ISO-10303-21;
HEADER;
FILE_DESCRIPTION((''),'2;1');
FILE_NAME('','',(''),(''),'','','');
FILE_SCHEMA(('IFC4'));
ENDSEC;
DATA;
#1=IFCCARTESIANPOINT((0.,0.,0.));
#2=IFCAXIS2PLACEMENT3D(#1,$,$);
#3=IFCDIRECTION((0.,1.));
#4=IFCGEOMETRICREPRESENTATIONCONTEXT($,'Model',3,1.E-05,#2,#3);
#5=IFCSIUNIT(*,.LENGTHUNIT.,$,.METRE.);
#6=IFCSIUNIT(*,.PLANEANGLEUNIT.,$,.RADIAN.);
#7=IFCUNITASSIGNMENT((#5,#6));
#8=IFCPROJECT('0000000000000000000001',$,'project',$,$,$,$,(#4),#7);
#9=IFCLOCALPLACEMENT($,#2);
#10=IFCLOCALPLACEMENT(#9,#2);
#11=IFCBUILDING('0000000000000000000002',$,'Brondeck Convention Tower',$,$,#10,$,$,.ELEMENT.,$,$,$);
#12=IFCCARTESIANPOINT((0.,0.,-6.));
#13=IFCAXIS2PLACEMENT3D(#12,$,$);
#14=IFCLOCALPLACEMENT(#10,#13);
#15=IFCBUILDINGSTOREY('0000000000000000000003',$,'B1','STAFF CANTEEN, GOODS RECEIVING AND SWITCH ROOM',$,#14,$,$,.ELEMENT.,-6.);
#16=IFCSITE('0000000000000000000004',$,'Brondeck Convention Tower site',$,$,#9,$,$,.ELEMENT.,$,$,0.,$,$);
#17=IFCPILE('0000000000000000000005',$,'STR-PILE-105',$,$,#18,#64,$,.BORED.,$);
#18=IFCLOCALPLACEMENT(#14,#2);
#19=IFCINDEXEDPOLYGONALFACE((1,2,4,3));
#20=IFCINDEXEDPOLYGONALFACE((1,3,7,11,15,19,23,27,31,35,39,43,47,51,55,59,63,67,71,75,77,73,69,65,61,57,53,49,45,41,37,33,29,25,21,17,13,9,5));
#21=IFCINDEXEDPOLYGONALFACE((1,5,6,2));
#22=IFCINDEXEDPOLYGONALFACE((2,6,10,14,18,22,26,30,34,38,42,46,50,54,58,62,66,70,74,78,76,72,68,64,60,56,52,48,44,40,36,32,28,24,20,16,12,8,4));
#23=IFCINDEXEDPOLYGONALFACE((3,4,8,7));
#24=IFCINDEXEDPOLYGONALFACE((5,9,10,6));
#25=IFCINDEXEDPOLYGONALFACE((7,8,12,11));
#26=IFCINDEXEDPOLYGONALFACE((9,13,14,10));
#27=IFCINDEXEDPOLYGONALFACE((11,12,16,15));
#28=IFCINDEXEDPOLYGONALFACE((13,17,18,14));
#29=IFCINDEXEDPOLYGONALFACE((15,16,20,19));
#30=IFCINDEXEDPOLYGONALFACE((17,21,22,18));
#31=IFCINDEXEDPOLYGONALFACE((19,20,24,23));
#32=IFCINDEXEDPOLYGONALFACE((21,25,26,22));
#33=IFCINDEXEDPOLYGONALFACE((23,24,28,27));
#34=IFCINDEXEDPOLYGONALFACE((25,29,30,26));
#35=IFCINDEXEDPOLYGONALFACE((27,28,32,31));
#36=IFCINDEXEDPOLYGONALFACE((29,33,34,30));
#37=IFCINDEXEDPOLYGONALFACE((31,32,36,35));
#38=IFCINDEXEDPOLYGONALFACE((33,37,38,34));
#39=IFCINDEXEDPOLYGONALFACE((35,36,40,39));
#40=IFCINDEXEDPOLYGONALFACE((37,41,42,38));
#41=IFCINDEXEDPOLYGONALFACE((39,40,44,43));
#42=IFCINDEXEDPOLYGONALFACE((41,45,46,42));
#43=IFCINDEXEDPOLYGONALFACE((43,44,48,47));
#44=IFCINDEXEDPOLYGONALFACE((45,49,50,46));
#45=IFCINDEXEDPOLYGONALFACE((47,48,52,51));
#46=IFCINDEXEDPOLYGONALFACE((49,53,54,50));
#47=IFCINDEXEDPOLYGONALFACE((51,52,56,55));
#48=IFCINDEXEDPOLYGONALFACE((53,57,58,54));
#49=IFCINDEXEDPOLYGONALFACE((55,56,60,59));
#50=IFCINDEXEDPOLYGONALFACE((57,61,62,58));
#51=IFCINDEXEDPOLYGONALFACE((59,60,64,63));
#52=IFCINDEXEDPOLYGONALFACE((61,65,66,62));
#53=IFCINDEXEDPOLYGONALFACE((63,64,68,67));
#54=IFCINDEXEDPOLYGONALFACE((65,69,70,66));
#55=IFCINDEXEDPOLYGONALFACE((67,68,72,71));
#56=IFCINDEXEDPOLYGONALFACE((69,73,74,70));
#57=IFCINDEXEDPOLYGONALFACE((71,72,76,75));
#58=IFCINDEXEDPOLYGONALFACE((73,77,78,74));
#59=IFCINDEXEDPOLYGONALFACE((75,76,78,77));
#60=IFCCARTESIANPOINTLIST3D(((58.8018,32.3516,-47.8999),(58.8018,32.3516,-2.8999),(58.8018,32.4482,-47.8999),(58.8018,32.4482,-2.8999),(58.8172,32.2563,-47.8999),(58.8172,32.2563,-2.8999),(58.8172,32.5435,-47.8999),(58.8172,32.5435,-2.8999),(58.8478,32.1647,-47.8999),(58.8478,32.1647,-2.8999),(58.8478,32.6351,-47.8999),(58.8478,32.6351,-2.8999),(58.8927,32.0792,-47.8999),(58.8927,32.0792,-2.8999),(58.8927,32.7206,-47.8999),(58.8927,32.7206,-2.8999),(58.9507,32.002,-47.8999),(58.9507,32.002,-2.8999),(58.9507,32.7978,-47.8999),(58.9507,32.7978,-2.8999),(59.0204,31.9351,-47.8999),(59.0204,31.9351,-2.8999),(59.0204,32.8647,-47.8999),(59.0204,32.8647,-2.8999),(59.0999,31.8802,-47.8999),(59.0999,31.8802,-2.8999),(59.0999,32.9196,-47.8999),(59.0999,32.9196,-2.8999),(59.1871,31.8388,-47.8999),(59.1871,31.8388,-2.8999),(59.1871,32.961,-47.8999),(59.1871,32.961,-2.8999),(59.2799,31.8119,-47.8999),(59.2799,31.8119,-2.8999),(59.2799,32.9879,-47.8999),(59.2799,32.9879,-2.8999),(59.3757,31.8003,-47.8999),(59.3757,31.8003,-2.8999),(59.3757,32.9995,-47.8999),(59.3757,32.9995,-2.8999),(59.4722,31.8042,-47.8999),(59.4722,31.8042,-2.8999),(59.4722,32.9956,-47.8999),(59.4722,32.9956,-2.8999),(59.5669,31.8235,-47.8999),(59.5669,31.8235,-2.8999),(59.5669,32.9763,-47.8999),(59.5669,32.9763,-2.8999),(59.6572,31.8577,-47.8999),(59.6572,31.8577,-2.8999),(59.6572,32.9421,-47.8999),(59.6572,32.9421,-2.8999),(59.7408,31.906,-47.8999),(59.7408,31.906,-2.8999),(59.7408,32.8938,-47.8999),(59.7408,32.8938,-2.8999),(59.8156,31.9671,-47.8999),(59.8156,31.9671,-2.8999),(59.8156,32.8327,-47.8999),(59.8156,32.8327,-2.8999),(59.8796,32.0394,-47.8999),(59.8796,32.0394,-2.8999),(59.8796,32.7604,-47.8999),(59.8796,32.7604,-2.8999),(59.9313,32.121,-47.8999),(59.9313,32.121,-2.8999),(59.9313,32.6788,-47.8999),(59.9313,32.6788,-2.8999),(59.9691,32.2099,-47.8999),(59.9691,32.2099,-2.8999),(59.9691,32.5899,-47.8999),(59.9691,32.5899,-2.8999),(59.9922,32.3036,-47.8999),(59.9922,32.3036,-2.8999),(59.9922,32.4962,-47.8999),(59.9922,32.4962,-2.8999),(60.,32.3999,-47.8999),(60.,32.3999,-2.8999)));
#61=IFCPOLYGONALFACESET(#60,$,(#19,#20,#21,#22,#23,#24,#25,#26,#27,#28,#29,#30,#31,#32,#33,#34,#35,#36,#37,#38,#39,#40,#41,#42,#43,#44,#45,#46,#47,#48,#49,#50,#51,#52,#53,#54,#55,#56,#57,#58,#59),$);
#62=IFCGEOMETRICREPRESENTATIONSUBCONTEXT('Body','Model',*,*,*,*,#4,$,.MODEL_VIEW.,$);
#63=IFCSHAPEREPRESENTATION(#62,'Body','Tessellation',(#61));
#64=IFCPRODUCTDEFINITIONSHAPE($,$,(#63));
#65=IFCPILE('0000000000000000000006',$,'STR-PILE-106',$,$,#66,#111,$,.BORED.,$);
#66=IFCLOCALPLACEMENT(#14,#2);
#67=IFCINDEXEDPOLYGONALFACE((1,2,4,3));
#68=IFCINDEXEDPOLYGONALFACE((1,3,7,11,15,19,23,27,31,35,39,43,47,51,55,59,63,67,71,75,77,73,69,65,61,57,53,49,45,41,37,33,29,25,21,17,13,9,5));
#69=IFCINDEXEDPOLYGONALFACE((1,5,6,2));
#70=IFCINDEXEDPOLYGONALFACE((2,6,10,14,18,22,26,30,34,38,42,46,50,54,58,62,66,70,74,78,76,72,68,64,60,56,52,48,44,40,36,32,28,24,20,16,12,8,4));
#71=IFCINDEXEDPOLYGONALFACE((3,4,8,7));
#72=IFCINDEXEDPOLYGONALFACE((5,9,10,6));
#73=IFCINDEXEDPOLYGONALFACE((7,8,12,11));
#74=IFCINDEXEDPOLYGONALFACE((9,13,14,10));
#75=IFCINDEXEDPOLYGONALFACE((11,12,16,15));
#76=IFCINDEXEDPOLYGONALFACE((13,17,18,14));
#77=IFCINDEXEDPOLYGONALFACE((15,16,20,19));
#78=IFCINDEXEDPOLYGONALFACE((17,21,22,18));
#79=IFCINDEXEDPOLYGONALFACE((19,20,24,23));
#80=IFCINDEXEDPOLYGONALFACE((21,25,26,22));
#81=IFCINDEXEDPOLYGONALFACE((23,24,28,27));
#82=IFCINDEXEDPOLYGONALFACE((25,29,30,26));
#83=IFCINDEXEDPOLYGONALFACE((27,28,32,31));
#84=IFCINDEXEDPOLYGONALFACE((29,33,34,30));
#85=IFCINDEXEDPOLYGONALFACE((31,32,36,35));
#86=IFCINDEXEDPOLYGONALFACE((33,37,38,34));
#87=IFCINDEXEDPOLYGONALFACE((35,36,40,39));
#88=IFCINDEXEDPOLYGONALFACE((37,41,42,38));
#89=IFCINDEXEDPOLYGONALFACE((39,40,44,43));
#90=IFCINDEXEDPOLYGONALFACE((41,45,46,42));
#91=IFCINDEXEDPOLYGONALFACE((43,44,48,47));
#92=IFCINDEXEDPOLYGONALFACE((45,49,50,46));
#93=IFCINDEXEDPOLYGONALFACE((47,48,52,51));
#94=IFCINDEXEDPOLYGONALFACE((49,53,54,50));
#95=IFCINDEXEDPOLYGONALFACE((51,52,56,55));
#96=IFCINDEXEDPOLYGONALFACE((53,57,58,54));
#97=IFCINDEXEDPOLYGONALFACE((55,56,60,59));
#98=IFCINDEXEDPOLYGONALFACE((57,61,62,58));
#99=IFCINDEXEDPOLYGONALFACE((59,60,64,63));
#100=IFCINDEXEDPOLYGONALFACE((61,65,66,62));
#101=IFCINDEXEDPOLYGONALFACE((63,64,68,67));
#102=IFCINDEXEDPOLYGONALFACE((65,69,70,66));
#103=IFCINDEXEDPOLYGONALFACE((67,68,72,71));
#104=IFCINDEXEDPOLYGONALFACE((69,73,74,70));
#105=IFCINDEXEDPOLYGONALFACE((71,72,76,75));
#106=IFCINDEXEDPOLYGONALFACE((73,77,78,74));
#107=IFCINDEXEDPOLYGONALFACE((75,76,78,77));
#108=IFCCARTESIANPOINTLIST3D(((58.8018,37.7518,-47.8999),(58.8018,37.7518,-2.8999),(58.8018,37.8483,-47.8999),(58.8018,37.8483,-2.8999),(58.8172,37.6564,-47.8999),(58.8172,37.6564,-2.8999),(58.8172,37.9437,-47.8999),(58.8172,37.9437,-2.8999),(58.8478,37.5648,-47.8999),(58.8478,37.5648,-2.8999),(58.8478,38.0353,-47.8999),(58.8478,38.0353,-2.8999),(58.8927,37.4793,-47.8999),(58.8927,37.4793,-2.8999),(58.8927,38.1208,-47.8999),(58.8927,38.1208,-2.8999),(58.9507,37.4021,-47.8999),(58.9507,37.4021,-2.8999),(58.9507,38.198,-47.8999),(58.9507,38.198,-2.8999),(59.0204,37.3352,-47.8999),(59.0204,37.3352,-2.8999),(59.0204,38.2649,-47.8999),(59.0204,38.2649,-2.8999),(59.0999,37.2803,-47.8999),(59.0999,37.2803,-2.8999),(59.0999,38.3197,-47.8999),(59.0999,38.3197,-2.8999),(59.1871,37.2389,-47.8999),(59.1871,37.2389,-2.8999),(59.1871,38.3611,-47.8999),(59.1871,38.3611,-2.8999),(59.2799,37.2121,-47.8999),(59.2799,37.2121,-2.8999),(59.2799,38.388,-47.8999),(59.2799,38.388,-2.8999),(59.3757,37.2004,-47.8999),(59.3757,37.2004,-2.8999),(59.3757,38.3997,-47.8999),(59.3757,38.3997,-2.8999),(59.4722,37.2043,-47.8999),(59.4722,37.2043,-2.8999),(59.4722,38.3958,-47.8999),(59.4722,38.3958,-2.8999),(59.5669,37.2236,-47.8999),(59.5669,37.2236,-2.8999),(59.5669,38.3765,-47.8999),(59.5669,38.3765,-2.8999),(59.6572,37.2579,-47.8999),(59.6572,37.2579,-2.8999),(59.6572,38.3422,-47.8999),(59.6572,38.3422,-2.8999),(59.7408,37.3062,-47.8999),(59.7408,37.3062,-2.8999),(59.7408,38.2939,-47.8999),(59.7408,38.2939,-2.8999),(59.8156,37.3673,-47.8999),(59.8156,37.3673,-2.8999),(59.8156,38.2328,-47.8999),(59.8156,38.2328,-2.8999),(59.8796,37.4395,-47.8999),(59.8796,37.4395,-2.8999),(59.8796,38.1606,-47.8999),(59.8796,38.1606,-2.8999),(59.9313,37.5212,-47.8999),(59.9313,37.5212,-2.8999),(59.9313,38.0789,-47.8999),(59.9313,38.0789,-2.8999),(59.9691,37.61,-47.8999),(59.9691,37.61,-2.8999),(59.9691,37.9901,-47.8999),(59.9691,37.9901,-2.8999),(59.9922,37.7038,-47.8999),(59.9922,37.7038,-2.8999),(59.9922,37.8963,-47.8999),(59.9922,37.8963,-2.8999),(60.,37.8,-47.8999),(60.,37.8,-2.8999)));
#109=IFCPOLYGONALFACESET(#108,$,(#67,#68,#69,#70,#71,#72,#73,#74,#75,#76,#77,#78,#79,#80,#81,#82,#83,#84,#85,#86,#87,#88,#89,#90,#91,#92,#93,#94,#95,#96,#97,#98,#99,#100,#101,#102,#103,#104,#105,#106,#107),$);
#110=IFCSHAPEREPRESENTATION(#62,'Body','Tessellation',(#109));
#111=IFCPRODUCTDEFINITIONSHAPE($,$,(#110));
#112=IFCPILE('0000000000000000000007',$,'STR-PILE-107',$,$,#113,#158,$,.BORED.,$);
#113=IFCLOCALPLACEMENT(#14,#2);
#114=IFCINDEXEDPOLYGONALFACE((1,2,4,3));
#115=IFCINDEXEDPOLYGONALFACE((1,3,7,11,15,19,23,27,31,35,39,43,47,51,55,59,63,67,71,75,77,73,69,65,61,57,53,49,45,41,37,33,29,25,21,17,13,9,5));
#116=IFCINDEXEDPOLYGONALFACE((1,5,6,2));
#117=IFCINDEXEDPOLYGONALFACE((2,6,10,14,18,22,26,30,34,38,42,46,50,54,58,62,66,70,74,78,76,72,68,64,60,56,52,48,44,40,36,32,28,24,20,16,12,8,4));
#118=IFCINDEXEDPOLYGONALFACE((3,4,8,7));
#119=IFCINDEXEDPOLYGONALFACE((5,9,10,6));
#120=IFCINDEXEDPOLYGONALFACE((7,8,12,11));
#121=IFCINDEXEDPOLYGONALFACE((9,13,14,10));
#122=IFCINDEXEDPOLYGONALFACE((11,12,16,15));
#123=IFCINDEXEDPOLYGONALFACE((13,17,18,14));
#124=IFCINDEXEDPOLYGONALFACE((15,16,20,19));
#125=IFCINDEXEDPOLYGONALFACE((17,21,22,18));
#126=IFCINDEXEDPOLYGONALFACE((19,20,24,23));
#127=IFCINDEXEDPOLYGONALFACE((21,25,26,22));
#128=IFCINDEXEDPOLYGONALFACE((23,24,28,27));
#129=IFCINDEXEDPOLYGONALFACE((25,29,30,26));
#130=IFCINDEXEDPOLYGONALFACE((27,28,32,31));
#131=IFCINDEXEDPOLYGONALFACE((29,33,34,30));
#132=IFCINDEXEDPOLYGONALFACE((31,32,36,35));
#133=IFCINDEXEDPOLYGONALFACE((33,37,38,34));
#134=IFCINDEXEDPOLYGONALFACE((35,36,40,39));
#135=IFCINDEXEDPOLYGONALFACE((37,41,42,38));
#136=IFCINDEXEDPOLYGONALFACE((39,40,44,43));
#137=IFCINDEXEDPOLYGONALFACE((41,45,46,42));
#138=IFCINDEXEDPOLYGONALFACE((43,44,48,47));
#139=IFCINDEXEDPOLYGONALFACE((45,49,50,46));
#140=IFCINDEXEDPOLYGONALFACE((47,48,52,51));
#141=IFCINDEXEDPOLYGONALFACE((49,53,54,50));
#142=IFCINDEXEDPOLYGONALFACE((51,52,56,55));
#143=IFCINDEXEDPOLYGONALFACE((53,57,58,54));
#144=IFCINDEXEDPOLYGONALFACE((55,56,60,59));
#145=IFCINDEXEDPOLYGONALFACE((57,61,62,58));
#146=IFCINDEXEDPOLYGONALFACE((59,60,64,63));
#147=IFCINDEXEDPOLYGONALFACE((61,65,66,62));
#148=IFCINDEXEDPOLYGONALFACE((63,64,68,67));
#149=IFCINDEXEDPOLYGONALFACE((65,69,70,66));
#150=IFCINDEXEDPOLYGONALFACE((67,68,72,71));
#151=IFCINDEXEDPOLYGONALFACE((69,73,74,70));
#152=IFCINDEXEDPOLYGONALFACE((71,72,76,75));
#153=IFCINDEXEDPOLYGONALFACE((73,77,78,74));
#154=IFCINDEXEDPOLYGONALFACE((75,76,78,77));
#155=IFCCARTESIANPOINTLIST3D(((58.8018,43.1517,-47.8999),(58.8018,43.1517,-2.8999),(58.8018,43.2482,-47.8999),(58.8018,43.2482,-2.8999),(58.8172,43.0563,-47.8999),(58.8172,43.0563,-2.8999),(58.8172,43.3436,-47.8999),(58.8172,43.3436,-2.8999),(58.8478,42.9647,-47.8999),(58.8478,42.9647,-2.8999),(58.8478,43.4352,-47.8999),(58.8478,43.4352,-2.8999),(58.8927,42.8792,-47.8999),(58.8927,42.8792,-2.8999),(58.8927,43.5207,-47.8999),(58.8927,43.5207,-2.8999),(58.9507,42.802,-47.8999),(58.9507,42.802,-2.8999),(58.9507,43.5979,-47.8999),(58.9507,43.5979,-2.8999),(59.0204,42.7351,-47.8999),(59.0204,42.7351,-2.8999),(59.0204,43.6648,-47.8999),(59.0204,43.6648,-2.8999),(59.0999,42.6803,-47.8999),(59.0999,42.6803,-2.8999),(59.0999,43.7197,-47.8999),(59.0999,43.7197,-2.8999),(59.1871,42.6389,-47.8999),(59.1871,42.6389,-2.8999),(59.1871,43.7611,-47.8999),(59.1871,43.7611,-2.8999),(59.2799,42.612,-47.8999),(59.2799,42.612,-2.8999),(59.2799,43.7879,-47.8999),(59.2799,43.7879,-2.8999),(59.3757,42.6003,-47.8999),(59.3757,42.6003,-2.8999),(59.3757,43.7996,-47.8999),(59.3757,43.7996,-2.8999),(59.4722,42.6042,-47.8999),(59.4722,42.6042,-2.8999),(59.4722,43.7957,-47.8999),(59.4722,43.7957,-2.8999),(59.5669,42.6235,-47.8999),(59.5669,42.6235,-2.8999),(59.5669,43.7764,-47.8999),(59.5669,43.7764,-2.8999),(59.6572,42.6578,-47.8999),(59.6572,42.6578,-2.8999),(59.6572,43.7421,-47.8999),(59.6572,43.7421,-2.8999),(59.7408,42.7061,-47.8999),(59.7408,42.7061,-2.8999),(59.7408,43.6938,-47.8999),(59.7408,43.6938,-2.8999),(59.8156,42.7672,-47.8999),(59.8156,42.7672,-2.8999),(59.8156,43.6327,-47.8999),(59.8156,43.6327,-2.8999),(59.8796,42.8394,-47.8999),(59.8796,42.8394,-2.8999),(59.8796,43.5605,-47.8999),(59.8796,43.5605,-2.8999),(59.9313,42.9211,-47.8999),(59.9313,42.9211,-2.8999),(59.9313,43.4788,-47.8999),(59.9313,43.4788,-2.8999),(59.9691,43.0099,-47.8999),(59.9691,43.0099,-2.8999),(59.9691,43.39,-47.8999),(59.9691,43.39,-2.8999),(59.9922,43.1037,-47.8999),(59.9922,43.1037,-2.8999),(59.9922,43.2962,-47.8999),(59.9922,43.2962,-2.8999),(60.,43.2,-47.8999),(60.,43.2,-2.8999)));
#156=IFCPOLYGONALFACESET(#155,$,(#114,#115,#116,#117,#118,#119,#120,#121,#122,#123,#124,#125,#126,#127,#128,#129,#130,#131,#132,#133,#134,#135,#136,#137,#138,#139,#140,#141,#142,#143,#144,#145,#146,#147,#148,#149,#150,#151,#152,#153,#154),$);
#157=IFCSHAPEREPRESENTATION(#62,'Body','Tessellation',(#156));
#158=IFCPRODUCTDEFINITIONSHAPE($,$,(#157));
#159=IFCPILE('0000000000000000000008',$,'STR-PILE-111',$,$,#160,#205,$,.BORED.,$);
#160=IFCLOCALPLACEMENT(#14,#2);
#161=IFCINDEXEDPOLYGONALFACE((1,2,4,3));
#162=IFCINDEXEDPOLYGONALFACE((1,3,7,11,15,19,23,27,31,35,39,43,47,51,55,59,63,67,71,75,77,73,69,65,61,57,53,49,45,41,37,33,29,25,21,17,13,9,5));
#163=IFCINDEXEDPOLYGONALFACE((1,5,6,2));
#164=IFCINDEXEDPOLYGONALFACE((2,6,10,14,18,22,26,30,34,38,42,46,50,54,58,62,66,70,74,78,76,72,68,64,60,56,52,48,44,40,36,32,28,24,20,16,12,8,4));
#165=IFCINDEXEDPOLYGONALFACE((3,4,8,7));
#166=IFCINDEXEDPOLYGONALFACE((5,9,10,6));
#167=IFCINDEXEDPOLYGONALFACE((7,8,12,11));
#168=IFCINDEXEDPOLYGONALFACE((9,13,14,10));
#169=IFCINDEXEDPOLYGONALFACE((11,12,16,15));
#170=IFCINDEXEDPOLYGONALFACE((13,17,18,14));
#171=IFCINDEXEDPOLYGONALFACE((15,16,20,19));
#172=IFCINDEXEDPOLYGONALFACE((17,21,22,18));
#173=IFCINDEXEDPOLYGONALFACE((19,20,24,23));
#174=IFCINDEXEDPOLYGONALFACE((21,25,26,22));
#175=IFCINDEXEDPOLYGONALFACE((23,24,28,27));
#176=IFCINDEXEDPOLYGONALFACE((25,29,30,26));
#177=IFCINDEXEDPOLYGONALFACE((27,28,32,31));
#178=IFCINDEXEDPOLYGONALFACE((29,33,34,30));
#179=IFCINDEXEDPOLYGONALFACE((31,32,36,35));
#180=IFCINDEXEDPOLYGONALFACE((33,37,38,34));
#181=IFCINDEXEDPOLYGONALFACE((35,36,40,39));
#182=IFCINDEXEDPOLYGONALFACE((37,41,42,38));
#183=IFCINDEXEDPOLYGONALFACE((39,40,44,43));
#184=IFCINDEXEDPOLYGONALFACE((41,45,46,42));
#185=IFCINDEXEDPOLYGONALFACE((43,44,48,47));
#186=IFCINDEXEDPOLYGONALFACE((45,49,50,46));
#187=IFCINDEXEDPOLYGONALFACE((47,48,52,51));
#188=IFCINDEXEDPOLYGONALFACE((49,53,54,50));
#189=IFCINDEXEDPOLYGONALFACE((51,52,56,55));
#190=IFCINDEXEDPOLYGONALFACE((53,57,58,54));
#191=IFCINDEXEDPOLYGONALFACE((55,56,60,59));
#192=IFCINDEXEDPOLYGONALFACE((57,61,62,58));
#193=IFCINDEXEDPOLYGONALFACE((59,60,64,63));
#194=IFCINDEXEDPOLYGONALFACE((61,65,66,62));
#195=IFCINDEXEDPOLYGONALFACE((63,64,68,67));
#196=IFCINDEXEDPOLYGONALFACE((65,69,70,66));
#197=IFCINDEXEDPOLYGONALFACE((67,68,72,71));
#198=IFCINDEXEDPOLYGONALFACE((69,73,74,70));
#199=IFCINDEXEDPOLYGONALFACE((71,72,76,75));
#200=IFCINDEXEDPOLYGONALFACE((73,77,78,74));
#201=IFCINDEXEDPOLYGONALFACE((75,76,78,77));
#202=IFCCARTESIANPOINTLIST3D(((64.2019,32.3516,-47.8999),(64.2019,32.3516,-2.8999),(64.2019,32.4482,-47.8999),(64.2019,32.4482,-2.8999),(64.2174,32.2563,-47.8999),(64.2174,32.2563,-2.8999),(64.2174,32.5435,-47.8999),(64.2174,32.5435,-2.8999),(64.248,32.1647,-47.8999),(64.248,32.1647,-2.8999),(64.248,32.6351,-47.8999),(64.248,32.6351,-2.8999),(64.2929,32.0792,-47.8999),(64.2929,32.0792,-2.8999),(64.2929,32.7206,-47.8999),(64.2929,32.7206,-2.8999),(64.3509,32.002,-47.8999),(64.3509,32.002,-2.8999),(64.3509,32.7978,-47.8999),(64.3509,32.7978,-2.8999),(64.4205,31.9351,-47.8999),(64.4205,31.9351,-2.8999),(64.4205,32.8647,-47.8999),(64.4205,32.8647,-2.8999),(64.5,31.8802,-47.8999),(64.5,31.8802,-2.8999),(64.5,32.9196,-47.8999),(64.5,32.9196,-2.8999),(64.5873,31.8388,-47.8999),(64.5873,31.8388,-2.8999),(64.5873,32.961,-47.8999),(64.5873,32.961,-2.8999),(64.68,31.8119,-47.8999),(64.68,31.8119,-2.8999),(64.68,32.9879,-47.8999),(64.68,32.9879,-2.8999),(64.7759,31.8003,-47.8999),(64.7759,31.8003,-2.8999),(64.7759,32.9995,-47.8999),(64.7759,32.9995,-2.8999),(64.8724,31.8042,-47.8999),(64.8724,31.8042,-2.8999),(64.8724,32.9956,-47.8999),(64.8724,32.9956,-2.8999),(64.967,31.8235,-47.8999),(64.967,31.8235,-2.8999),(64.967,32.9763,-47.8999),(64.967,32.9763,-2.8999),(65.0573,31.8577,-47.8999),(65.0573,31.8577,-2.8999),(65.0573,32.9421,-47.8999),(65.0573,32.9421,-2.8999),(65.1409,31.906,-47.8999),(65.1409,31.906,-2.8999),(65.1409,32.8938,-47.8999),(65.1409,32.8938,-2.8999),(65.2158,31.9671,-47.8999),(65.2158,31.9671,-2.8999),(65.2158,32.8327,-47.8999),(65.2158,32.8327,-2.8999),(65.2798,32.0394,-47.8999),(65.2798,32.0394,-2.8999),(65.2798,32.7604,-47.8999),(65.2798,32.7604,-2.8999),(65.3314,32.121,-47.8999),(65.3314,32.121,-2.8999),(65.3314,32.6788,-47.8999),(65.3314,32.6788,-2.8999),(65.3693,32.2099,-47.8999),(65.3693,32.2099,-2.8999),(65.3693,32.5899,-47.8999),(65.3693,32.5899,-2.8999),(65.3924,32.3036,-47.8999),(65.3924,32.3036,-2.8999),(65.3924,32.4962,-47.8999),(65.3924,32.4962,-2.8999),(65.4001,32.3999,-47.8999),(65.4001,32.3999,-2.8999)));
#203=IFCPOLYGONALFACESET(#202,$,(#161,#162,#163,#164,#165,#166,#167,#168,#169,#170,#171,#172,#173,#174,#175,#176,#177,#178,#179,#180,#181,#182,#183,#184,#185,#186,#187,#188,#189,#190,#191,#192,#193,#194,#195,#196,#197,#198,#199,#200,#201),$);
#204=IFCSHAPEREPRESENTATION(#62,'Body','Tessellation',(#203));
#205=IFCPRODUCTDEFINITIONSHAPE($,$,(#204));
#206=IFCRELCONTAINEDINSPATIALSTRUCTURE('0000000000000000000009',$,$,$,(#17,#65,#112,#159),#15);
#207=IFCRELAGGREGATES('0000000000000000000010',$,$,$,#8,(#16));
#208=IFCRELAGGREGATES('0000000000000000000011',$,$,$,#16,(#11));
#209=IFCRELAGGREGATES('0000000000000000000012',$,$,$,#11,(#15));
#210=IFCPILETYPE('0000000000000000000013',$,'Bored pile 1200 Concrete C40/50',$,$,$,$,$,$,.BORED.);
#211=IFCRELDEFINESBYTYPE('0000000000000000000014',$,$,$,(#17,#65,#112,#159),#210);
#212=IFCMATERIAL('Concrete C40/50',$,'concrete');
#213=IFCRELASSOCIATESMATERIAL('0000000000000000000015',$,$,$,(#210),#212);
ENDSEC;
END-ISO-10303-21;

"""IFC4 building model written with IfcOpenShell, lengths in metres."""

from ifc_helpers import new_model, si_unit, direction, frame, origin, origin_2d, place, context, subcontext, project, spatial, circle, extrude, material, material_profile, profile_set, type_object, element, save


model = new_model("IFC4")

# Units and contexts
model_context = context("Model", 3, precision=1e-05, world=origin(), true_north=direction((0.0, 1.0)))
body_context = subcontext(model_context, "Body", "Model", "MODEL_VIEW")
ifc_project = project(units=[si_unit("LENGTHUNIT", "METRE"), si_unit("PLANEANGLEUNIT", "RADIAN")], contexts=[model_context])

# Site, building, storey
site_placement = place(None, origin())
site = spatial("IfcSite", under=ifc_project, at=site_placement, Name="Brondeck Convention Tower site", CompositionType="ELEMENT", RefElevation=0.0)
building_placement = place(site_placement, origin())
building = spatial("IfcBuilding", under=site, at=building_placement, Name="Brondeck Convention Tower", CompositionType="ELEMENT")
storey_placement = place(building_placement, frame((0.0, 0.0, -6.0)))
storey = spatial("IfcBuildingStorey", under=building, at=storey_placement, Name="B1", Description="STAFF CANTEEN, GOODS RECEIVING AND SWITCH ROOM", CompositionType="ELEMENT", Elevation=-6.0)

# Piles
ifc_material_1 = material(Name="Concrete C40/50", Category="concrete")
ifc_material_profile_1 = material_profile(ifc_material_1, circle(Radius=0.6001, at=origin_2d()), Name="Bored pile 1200 Concrete C40/50")
ifc_profile_set_1 = profile_set([ifc_material_profile_1], Name="Concrete C40/50")
pile_type = type_object("IfcPileType", Name="Bored pile 1200 Concrete C40/50", PredefinedType="BORED", material=ifc_profile_set_1)
for number, where, z_axis, x_axis, name in (
    (1, (59.3999, 32.3999, -2.8999), (0.0, 0.0, -1.0), (1.0, 0.0, 0.0), "STR-PILE-105"),
    (2, (59.3999, 37.8, -2.8999), (0.0, 0.0, -1.0), (1.0, 0.0, 0.0), "STR-PILE-106"),
    (3, (59.3999, 43.2, -2.8999), (0.0, 0.0, -1.0), (1.0, 0.0, 0.0), "STR-PILE-107"),
    (4, (64.8, 32.3999, -2.8999), (0.0, 0.0, -1.0), (1.0, 0.0, 0.0), "STR-PILE-111"),
):
    element("IfcPile", number, at=place(storey_placement, frame(where, z_axis=z_axis, x_axis=x_axis)), inside=storey, type_object=pile_type, Name=name, PredefinedType="BORED", context=body_context, shape_type="SweptSolid", body=[
        extrude(circle(Radius=0.6001, at=origin_2d()), origin(), (0.0, 0.0, 1.0), 45.0),
    ])

save(model, "model.ifc")
